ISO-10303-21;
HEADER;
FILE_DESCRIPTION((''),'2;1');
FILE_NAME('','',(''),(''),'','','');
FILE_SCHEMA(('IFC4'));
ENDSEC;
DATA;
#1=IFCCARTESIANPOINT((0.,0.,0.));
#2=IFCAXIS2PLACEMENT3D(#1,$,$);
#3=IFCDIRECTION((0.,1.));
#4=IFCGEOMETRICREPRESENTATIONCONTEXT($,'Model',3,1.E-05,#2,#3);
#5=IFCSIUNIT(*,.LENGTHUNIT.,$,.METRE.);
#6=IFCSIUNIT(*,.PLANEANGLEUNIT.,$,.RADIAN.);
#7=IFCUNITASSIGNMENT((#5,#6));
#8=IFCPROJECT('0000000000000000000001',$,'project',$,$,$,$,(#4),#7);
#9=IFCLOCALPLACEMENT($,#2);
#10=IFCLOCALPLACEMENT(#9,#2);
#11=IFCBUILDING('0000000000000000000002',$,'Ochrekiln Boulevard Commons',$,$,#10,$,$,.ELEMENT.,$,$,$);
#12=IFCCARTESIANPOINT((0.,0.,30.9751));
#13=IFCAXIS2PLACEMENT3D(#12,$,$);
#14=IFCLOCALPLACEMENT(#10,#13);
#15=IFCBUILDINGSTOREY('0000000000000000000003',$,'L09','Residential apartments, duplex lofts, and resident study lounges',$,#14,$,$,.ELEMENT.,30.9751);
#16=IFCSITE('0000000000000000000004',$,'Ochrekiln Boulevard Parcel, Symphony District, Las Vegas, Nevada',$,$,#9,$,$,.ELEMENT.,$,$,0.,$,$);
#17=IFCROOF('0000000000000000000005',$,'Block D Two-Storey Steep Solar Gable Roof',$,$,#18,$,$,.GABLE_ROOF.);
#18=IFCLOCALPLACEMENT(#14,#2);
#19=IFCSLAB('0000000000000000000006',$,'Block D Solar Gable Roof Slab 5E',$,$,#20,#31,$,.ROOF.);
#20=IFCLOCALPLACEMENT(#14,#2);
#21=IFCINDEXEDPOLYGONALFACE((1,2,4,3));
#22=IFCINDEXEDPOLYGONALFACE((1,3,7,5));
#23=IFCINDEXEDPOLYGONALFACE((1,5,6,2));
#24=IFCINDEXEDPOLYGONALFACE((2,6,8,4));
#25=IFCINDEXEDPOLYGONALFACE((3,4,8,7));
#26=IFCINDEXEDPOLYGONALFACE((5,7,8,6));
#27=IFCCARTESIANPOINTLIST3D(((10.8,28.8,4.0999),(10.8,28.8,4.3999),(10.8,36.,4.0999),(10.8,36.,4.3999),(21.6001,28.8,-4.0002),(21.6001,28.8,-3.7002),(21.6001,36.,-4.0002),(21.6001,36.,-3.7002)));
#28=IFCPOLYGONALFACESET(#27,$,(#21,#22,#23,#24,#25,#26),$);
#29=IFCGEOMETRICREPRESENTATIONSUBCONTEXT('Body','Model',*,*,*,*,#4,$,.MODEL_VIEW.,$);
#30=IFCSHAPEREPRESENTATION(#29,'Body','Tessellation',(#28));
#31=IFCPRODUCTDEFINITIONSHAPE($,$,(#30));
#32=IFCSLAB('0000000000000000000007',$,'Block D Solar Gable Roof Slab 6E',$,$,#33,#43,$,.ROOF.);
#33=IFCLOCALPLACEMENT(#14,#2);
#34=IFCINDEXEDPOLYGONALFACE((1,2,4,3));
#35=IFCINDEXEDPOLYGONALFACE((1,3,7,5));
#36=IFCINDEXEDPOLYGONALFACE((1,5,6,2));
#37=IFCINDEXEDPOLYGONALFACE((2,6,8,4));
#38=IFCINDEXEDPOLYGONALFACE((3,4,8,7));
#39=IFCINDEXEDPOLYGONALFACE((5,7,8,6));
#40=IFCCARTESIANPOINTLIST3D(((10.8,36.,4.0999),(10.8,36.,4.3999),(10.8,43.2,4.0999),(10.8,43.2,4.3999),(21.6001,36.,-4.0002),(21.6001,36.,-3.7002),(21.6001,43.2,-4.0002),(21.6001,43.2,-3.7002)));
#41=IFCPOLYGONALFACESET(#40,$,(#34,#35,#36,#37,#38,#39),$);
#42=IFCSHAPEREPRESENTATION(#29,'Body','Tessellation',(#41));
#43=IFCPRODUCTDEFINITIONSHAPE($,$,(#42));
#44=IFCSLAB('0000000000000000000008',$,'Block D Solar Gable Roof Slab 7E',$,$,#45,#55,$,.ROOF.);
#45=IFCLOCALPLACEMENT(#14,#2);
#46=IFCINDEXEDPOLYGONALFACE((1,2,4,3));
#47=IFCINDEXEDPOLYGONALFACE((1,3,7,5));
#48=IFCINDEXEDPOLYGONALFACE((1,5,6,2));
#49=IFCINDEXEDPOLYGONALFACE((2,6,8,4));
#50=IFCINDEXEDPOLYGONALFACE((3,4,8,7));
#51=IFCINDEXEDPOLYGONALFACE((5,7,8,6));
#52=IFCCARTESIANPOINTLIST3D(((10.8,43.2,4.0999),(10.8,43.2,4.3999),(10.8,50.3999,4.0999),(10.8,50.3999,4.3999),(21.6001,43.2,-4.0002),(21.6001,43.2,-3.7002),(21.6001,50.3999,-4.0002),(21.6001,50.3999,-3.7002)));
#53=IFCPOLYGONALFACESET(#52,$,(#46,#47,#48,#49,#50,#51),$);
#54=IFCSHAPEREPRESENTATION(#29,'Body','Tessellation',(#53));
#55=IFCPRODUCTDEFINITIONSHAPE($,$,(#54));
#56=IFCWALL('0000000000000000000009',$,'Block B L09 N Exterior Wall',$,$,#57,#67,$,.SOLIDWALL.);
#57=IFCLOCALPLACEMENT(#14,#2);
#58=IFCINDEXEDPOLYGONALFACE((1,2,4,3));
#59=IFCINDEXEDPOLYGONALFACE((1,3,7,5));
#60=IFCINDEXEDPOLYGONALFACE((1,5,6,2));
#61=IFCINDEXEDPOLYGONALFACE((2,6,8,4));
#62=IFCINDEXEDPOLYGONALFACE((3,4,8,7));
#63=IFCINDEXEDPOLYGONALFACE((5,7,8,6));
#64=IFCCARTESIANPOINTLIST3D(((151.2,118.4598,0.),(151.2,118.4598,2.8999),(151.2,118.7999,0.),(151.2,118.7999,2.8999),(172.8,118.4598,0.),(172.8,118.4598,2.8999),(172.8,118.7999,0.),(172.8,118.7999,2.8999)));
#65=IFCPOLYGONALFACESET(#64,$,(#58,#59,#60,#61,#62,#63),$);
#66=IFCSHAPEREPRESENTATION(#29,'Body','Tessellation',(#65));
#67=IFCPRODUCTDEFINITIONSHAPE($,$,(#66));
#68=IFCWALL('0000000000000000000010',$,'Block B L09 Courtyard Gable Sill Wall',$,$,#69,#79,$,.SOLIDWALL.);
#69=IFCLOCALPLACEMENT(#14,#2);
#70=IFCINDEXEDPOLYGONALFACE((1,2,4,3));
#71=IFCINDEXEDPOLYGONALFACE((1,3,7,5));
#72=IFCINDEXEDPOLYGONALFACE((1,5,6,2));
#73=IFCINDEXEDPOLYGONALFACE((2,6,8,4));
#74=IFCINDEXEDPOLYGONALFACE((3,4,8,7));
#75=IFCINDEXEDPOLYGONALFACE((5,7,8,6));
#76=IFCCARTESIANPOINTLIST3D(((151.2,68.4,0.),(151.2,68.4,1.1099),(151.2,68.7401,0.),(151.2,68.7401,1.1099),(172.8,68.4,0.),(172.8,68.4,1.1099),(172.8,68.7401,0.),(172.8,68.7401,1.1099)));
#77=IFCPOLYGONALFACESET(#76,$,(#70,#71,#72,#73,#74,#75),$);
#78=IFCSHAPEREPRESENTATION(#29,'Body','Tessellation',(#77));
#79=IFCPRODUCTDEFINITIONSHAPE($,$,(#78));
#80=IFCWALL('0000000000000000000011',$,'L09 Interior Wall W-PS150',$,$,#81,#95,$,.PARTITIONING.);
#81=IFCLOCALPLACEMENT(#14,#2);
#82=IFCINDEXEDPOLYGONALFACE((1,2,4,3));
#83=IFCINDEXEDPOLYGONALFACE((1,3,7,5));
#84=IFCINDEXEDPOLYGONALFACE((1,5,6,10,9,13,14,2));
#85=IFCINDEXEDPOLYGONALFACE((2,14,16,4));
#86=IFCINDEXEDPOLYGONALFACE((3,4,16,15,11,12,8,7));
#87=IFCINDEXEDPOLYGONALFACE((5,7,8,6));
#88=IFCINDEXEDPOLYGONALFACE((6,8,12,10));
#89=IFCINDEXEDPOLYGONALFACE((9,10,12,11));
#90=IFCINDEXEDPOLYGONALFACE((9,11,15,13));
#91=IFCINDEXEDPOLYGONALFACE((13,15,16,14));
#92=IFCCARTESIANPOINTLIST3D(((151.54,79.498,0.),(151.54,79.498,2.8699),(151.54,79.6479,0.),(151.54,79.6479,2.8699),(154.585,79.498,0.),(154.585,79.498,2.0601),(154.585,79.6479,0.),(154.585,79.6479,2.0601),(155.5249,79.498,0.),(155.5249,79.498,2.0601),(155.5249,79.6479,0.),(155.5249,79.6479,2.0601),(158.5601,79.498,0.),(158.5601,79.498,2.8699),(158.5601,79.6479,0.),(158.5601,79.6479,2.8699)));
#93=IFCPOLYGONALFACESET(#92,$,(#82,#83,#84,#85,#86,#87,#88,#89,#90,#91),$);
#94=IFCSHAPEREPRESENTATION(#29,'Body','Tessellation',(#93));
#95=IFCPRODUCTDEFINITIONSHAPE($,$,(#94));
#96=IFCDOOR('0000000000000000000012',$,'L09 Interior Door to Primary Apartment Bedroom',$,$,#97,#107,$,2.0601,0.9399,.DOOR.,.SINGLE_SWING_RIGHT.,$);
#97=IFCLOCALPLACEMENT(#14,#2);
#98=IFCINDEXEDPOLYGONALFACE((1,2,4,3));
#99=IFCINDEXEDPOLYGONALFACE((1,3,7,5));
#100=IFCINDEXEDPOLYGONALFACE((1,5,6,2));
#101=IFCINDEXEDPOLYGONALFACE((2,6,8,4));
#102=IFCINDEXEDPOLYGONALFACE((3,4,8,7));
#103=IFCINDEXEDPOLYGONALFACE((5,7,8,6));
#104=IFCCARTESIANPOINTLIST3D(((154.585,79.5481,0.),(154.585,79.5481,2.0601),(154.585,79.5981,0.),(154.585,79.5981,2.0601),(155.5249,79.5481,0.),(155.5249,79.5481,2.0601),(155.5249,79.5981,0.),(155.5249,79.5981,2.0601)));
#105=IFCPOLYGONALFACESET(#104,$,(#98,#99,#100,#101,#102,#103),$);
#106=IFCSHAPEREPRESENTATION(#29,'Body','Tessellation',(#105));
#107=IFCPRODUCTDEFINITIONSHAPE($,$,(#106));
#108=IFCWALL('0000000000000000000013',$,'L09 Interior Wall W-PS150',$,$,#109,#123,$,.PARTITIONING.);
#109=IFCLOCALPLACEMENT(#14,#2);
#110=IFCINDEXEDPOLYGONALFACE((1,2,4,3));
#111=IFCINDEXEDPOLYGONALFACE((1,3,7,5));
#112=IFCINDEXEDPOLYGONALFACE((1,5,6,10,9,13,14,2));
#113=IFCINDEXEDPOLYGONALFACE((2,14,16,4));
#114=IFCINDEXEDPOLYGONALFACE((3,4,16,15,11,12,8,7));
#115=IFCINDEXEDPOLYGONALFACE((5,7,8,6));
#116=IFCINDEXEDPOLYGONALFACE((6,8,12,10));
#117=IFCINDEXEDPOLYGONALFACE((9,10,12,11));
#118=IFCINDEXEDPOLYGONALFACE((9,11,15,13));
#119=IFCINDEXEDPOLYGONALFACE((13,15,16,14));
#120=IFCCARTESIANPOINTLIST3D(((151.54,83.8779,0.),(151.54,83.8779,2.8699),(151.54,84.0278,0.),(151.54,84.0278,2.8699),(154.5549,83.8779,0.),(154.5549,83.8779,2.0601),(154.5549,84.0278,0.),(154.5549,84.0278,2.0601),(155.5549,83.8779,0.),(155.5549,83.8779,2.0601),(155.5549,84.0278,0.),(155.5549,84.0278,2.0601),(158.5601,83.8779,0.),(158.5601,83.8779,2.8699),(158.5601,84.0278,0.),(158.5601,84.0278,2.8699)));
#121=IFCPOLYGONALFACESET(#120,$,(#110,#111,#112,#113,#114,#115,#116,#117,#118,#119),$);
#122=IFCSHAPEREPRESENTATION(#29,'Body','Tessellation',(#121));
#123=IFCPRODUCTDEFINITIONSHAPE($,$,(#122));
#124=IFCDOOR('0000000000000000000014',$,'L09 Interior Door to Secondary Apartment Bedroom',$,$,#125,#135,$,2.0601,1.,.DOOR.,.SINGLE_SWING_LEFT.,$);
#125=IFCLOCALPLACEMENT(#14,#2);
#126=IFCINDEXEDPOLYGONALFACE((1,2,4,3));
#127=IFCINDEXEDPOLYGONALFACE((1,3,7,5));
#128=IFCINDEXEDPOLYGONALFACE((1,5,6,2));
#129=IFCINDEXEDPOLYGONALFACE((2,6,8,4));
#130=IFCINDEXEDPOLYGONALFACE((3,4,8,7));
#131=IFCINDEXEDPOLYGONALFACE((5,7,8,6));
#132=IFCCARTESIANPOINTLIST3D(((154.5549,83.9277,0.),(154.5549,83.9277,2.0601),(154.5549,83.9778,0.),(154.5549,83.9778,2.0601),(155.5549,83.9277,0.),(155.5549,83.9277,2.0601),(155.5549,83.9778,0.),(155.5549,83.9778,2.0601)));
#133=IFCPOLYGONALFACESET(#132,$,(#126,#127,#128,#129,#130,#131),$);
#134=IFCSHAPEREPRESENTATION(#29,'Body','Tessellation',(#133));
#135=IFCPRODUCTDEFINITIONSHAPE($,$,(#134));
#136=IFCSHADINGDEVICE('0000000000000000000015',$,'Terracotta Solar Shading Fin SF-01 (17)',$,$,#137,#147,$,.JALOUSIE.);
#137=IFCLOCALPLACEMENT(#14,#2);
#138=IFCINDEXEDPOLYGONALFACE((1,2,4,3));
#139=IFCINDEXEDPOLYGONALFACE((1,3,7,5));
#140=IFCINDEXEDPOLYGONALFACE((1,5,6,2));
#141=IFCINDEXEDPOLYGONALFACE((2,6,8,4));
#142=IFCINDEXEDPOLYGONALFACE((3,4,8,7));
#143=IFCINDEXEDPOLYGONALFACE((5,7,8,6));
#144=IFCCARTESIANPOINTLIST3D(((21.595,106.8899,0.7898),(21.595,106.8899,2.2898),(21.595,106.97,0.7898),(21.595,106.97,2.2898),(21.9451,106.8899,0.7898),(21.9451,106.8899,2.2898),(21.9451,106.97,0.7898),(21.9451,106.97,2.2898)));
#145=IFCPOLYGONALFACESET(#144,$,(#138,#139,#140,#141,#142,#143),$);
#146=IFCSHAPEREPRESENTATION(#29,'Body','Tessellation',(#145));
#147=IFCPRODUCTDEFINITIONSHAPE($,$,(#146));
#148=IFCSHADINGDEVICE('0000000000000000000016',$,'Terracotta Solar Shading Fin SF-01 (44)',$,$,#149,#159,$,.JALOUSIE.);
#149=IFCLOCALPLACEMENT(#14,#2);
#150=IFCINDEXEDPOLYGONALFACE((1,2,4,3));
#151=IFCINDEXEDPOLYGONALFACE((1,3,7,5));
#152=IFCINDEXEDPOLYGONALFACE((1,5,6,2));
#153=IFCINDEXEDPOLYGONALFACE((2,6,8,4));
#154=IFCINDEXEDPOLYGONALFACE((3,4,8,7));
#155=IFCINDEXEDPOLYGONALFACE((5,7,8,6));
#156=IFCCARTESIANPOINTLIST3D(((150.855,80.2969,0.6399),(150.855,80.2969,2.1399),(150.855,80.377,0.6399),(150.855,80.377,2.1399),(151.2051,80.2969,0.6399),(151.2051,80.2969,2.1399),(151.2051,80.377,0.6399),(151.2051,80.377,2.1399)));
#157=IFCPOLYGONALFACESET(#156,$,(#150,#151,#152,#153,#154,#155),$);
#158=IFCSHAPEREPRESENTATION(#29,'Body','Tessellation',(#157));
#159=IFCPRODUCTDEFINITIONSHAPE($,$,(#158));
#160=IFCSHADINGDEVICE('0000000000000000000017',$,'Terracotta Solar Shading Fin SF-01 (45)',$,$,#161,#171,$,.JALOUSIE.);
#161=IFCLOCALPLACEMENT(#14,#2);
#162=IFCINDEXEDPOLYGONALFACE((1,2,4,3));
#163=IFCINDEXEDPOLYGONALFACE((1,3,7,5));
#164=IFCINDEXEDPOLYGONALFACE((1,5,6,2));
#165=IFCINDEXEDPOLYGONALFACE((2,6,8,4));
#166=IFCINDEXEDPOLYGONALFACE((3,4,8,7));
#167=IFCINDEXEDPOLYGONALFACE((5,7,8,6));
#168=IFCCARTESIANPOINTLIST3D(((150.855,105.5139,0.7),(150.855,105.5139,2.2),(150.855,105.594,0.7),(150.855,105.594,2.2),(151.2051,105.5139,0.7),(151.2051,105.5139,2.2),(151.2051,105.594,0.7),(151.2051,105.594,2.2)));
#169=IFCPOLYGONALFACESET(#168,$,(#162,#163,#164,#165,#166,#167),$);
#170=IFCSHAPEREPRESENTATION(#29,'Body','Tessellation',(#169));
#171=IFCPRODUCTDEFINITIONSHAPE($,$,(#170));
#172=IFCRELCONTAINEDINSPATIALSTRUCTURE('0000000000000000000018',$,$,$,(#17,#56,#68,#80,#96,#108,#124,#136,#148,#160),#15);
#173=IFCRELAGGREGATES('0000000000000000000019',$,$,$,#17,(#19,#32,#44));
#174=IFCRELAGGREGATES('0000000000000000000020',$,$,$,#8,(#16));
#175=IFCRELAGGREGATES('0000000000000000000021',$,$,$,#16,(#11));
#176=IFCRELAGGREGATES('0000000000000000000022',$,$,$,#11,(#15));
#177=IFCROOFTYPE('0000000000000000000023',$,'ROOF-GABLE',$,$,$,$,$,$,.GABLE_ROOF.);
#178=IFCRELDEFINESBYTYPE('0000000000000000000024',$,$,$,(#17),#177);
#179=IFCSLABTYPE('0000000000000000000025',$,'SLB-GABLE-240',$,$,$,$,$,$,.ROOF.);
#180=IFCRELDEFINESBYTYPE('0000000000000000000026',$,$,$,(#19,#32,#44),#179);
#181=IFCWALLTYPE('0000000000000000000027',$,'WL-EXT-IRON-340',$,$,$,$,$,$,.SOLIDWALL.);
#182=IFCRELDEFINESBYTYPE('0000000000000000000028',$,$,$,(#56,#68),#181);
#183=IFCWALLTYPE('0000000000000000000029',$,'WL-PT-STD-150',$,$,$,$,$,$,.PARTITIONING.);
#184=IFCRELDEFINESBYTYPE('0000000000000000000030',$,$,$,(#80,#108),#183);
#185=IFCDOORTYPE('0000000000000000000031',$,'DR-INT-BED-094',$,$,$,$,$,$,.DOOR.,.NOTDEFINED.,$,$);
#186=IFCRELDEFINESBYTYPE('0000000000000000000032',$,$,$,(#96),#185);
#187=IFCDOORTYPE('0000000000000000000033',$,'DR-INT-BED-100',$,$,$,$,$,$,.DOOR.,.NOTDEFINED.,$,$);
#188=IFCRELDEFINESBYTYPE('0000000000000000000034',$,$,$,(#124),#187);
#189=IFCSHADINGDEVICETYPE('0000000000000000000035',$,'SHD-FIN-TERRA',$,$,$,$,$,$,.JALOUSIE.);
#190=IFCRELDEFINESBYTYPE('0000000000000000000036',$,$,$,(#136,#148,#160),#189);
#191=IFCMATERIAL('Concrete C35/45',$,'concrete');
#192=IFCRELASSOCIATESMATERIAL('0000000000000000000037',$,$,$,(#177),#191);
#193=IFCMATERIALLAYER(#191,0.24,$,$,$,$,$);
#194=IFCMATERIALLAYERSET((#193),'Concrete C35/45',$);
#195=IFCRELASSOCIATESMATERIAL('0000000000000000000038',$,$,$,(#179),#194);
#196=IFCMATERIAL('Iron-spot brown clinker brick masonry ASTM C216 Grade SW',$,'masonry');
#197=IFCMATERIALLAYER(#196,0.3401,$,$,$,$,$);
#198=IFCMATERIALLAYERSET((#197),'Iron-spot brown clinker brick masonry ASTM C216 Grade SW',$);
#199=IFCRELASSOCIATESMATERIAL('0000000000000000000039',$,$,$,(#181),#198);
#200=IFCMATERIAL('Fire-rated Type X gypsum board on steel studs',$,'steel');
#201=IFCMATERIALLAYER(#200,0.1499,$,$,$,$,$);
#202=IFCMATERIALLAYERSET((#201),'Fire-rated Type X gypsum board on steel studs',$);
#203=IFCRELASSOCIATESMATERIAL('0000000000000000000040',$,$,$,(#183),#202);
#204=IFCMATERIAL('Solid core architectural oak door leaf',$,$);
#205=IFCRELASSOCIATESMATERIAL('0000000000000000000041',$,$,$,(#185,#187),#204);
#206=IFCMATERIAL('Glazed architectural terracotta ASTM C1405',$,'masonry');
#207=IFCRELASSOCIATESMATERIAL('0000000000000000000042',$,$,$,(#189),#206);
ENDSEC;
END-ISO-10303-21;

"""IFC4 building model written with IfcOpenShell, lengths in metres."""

from ifc_helpers import new_model, si_unit, direction, frame, frame_2d, origin, origin_2d, place, context, subcontext, project, spatial, polyline, rectangle, outline, extrude, material, layer, layer_set, type_object, element, fill, aggregate, save


model = new_model("IFC4")

# Units and contexts
model_context = context("Model", 3, precision=1e-05, world=origin(), true_north=direction((0.0, 1.0)))
body_context = subcontext(model_context, "Body", "Model", "MODEL_VIEW")
ifc_project = project(units=[si_unit("LENGTHUNIT", "METRE"), si_unit("PLANEANGLEUNIT", "RADIAN")], contexts=[model_context])

# Site, building, storey
site_placement = place(None, origin())
site = spatial("IfcSite", under=ifc_project, at=site_placement, Name="Ochrekiln Boulevard Parcel, Symphony District, Las Vegas, Nevada", CompositionType="ELEMENT", RefElevation=0.0)
building_placement = place(site_placement, origin())
building = spatial("IfcBuilding", under=site, at=building_placement, Name="Ochrekiln Boulevard Commons", CompositionType="ELEMENT")
storey_placement = place(building_placement, frame((0.0, 0.0, 30.9751)))
storey = spatial("IfcBuildingStorey", under=building, at=storey_placement, Name="L09", Description="Residential apartments, duplex lofts, and resident study lounges", CompositionType="ELEMENT", Elevation=30.9751)

# Roof, slabs
ifc_material_1 = material(Name="Concrete C35/45", Category="concrete")
roof_type = type_object("IfcRoofType", Name="ROOF-GABLE", PredefinedType="GABLE_ROOF", material=ifc_material_1)
roof_placement = place(storey_placement, origin())
roof = element("IfcRoof", 1, at=roof_placement, inside=storey, type_object=roof_type, Name="Block D Two-Storey Steep Solar Gable Roof", PredefinedType="GABLE_ROOF")
ifc_layer_1 = layer(ifc_material_1, 0.24)
ifc_layer_set_1 = layer_set([ifc_layer_1], Name="Concrete C35/45")
slab_type = type_object("IfcSlabType", Name="SLB-GABLE-240", PredefinedType="ROOF", material=ifc_layer_set_1)
slab_1_placement = place(storey_placement, frame((21.6001, 28.8, -3.7002), z_axis=(0.0, 1.0, 0.0), x_axis=(-1.0, 0.0, 0.0)))
slab_1 = element("IfcSlab", 2, at=slab_1_placement, type_object=slab_type, Name="Block D Solar Gable Roof Slab 5E", PredefinedType="ROOF", context=body_context, shape_type="SweptSolid", body=[
    extrude(outline(polyline([(0.0, 0.0), (10.8, 8.1001), (10.8, 7.8), (0.0, -0.3), (0.0, 0.0)])), origin(), (0.0, 0.0, 1.0), 7.2),
])
slab_2_placement = place(storey_placement, frame((21.6001, 36.0, -3.7002), z_axis=(0.0, 1.0, 0.0), x_axis=(-1.0, 0.0, 0.0)))
slab_2 = element("IfcSlab", 3, at=slab_2_placement, type_object=slab_type, Name="Block D Solar Gable Roof Slab 6E", PredefinedType="ROOF", context=body_context, shape_type="SweptSolid", body=[
    extrude(outline(polyline([(0.0, 0.0), (10.8, 8.1001), (10.8, 7.8), (0.0, -0.3), (0.0, 0.0)])), origin(), (0.0, 0.0, 1.0), 7.2),
])
slab_3_placement = place(storey_placement, frame((21.6001, 43.2, -3.7002), z_axis=(0.0, 1.0, 0.0), x_axis=(-1.0, 0.0, 0.0)))
slab_3 = element("IfcSlab", 4, at=slab_3_placement, type_object=slab_type, Name="Block D Solar Gable Roof Slab 7E", PredefinedType="ROOF", context=body_context, shape_type="SweptSolid", body=[
    extrude(outline(polyline([(0.0, 0.0), (10.8, 8.1001), (10.8, 7.8), (0.0, -0.3), (0.0, 0.0)])), origin(), (0.0, 0.0, 1.0), 7.2),
])
aggregate(roof, [slab_1, slab_2, slab_3])

# Wall
ifc_material_2 = material(Name="Iron-spot brown clinker brick masonry ASTM C216 Grade SW", Category="masonry")
ifc_layer_2 = layer(ifc_material_2, 0.3401)
ifc_layer_set_2 = layer_set([ifc_layer_2], Name="Iron-spot brown clinker brick masonry ASTM C216 Grade SW")
wall_type_1 = type_object("IfcWallType", Name="WL-EXT-IRON-340", PredefinedType="SOLIDWALL", material=ifc_layer_set_2)
wall_1_placement = place(storey_placement, frame((151.2, 118.6299, 0.0), z_axis=(0.0, 0.0, 1.0), x_axis=(1.0, 0.0, 0.0)))
element("IfcWall", 5, at=wall_1_placement, inside=storey, type_object=wall_type_1, Name="Block B L09 N Exterior Wall", PredefinedType="SOLIDWALL", context=body_context, shape_type="SweptSolid", body=[
    extrude(rectangle(XDim=21.6001, YDim=0.3401, at=frame_2d((10.8, 0.0))), origin(), (0.0, 0.0, 1.0), 2.8999),
])

# Wall
wall_2_placement = place(storey_placement, frame((151.2, 68.5701, 0.0), z_axis=(0.0, 0.0, 1.0), x_axis=(1.0, 0.0, 0.0)))
element("IfcWall", 6, at=wall_2_placement, inside=storey, type_object=wall_type_1, Name="Block B L09 Courtyard Gable Sill Wall", PredefinedType="SOLIDWALL", context=body_context, shape_type="SweptSolid", body=[
    extrude(rectangle(XDim=21.6001, YDim=0.3401, at=frame_2d((10.8, 0.0))), origin(), (0.0, 0.0, 1.0), 1.1099),
])

# Walls, openings, doors
ifc_material_3 = material(Name="Fire-rated Type X gypsum board on steel studs", Category="steel")
ifc_layer_3 = layer(ifc_material_3, 0.1499)
ifc_layer_set_3 = layer_set([ifc_layer_3], Name="Fire-rated Type X gypsum board on steel studs")
wall_type_2 = type_object("IfcWallType", Name="WL-PT-STD-150", PredefinedType="PARTITIONING", material=ifc_layer_set_3)
wall_3_placement = place(storey_placement, frame((151.54, 79.573, 0.0), z_axis=(0.0, 0.0, 1.0), x_axis=(1.0, 0.0, 0.0)))
wall_3 = element("IfcWall", 7, at=wall_3_placement, inside=storey, type_object=wall_type_2, Name="L09 Interior Wall W-PS150", PredefinedType="PARTITIONING", context=body_context, shape_type="SweptSolid", body=[
    extrude(rectangle(XDim=7.02, YDim=0.1499, at=frame_2d((3.51, 0.0))), origin(), (0.0, 0.0, 1.0), 2.8699),
])
opening_1_placement = place(wall_3_placement, frame((3.0449, 0.0, 0.0)))
opening_1 = element("IfcOpeningElement", 8, at=opening_1_placement, cuts=wall_3, PredefinedType="OPENING", context=body_context, shape_type="SweptSolid", body=[
    extrude(rectangle(XDim=0.9399, YDim=2.0601, at=frame_2d((0.47, 1.03))), frame((0.0, 0.085, 0.0), z_axis=(0.0, -1.0, 0.0), x_axis=(1.0, 0.0, 0.0)), (0.0, 0.0, 1.0), 0.1699),
])
ifc_material_4 = material(Name="Solid core architectural oak door leaf")
door_type_1 = type_object("IfcDoorType", Name="DR-INT-BED-094", OperationType="NOTDEFINED", PredefinedType="DOOR", material=ifc_material_4)
door_1_placement = place(opening_1_placement, frame((0.9399, 0.0, 0.0), z_axis=(0.0, 0.0, 1.0), x_axis=(-1.0, 0.0, 0.0)))
door_1 = element("IfcDoor", 9, at=door_1_placement, inside=storey, type_object=door_type_1, Name="L09 Interior Door to Primary Apartment Bedroom", OperationType="SINGLE_SWING_RIGHT", OverallHeight=2.0601, OverallWidth=0.9399, PredefinedType="DOOR", context=body_context, shape_type="SweptSolid", body=[
    extrude(rectangle(XDim=0.9399, YDim=2.0601, at=frame_2d((0.47, 1.03))), frame((0.0, 0.0249, 0.0), z_axis=(0.0, -1.0, 0.0), x_axis=(1.0, 0.0, 0.0)), (0.0, 0.0, 1.0), 0.05),
])
fill(opening_1, door_1)
wall_4_placement = place(storey_placement, frame((151.54, 83.9529, 0.0), z_axis=(0.0, 0.0, 1.0), x_axis=(1.0, 0.0, 0.0)))
wall_4 = element("IfcWall", 10, at=wall_4_placement, inside=storey, type_object=wall_type_2, Name="L09 Interior Wall W-PS150", PredefinedType="PARTITIONING", context=body_context, shape_type="SweptSolid", body=[
    extrude(rectangle(XDim=7.02, YDim=0.1499, at=frame_2d((3.51, 0.0))), origin(), (0.0, 0.0, 1.0), 2.8699),
])
opening_2_placement = place(wall_4_placement, frame((3.0149, 0.0, 0.0)))
opening_2 = element("IfcOpeningElement", 11, at=opening_2_placement, cuts=wall_4, PredefinedType="OPENING", context=body_context, shape_type="SweptSolid", body=[
    extrude(rectangle(XDim=1.0, YDim=2.0601, at=frame_2d((0.5, 1.03))), frame((0.0, 0.085, 0.0), z_axis=(0.0, -1.0, 0.0), x_axis=(1.0, 0.0, 0.0)), (0.0, 0.0, 1.0), 0.1699),
])
door_type_2 = type_object("IfcDoorType", Name="DR-INT-BED-100", OperationType="NOTDEFINED", PredefinedType="DOOR", material=ifc_material_4)
door_2_placement = place(opening_2_placement, origin())
door_2 = element("IfcDoor", 12, at=door_2_placement, inside=storey, type_object=door_type_2, Name="L09 Interior Door to Secondary Apartment Bedroom", OperationType="SINGLE_SWING_LEFT", OverallHeight=2.0601, OverallWidth=1.0, PredefinedType="DOOR", context=body_context, shape_type="SweptSolid", body=[
    extrude(rectangle(XDim=1.0, YDim=2.0601, at=frame_2d((0.5, 1.03))), frame((0.0, 0.0249, 0.0), z_axis=(0.0, -1.0, 0.0), x_axis=(1.0, 0.0, 0.0)), (0.0, 0.0, 1.0), 0.05),
])
fill(opening_2, door_2)

# Shading devices
ifc_material_5 = material(Name="Glazed architectural terracotta ASTM C1405", Category="masonry")
shading_device_type = type_object("IfcShadingDeviceType", Name="SHD-FIN-TERRA", PredefinedType="JALOUSIE", material=ifc_material_5)
for number, where, z_axis, x_axis, name in (
    (13, (21.77, 106.9299, 0.7898), (0.0, 0.0, 1.0), (1.0, 0.0, 0.0), "Terracotta Solar Shading Fin SF-01 (17)"),
    (14, (151.03, 80.3369, 0.6399), (0.0, 0.0, 1.0), (1.0, 0.0, 0.0), "Terracotta Solar Shading Fin SF-01 (44)"),
    (15, (151.03, 105.554, 0.7), (0.0, 0.0, 1.0), (1.0, 0.0, 0.0), "Terracotta Solar Shading Fin SF-01 (45)"),
):
    element("IfcShadingDevice", number, at=place(storey_placement, frame(where, z_axis=z_axis, x_axis=x_axis)), inside=storey, type_object=shading_device_type, Name=name, PredefinedType="JALOUSIE", context=body_context, shape_type="SweptSolid", body=[
        extrude(rectangle(XDim=0.3501, YDim=0.0801, at=origin_2d()), origin(), (0.0, 0.0, 1.0), 1.5),
    ])

save(model, "model.ifc")
